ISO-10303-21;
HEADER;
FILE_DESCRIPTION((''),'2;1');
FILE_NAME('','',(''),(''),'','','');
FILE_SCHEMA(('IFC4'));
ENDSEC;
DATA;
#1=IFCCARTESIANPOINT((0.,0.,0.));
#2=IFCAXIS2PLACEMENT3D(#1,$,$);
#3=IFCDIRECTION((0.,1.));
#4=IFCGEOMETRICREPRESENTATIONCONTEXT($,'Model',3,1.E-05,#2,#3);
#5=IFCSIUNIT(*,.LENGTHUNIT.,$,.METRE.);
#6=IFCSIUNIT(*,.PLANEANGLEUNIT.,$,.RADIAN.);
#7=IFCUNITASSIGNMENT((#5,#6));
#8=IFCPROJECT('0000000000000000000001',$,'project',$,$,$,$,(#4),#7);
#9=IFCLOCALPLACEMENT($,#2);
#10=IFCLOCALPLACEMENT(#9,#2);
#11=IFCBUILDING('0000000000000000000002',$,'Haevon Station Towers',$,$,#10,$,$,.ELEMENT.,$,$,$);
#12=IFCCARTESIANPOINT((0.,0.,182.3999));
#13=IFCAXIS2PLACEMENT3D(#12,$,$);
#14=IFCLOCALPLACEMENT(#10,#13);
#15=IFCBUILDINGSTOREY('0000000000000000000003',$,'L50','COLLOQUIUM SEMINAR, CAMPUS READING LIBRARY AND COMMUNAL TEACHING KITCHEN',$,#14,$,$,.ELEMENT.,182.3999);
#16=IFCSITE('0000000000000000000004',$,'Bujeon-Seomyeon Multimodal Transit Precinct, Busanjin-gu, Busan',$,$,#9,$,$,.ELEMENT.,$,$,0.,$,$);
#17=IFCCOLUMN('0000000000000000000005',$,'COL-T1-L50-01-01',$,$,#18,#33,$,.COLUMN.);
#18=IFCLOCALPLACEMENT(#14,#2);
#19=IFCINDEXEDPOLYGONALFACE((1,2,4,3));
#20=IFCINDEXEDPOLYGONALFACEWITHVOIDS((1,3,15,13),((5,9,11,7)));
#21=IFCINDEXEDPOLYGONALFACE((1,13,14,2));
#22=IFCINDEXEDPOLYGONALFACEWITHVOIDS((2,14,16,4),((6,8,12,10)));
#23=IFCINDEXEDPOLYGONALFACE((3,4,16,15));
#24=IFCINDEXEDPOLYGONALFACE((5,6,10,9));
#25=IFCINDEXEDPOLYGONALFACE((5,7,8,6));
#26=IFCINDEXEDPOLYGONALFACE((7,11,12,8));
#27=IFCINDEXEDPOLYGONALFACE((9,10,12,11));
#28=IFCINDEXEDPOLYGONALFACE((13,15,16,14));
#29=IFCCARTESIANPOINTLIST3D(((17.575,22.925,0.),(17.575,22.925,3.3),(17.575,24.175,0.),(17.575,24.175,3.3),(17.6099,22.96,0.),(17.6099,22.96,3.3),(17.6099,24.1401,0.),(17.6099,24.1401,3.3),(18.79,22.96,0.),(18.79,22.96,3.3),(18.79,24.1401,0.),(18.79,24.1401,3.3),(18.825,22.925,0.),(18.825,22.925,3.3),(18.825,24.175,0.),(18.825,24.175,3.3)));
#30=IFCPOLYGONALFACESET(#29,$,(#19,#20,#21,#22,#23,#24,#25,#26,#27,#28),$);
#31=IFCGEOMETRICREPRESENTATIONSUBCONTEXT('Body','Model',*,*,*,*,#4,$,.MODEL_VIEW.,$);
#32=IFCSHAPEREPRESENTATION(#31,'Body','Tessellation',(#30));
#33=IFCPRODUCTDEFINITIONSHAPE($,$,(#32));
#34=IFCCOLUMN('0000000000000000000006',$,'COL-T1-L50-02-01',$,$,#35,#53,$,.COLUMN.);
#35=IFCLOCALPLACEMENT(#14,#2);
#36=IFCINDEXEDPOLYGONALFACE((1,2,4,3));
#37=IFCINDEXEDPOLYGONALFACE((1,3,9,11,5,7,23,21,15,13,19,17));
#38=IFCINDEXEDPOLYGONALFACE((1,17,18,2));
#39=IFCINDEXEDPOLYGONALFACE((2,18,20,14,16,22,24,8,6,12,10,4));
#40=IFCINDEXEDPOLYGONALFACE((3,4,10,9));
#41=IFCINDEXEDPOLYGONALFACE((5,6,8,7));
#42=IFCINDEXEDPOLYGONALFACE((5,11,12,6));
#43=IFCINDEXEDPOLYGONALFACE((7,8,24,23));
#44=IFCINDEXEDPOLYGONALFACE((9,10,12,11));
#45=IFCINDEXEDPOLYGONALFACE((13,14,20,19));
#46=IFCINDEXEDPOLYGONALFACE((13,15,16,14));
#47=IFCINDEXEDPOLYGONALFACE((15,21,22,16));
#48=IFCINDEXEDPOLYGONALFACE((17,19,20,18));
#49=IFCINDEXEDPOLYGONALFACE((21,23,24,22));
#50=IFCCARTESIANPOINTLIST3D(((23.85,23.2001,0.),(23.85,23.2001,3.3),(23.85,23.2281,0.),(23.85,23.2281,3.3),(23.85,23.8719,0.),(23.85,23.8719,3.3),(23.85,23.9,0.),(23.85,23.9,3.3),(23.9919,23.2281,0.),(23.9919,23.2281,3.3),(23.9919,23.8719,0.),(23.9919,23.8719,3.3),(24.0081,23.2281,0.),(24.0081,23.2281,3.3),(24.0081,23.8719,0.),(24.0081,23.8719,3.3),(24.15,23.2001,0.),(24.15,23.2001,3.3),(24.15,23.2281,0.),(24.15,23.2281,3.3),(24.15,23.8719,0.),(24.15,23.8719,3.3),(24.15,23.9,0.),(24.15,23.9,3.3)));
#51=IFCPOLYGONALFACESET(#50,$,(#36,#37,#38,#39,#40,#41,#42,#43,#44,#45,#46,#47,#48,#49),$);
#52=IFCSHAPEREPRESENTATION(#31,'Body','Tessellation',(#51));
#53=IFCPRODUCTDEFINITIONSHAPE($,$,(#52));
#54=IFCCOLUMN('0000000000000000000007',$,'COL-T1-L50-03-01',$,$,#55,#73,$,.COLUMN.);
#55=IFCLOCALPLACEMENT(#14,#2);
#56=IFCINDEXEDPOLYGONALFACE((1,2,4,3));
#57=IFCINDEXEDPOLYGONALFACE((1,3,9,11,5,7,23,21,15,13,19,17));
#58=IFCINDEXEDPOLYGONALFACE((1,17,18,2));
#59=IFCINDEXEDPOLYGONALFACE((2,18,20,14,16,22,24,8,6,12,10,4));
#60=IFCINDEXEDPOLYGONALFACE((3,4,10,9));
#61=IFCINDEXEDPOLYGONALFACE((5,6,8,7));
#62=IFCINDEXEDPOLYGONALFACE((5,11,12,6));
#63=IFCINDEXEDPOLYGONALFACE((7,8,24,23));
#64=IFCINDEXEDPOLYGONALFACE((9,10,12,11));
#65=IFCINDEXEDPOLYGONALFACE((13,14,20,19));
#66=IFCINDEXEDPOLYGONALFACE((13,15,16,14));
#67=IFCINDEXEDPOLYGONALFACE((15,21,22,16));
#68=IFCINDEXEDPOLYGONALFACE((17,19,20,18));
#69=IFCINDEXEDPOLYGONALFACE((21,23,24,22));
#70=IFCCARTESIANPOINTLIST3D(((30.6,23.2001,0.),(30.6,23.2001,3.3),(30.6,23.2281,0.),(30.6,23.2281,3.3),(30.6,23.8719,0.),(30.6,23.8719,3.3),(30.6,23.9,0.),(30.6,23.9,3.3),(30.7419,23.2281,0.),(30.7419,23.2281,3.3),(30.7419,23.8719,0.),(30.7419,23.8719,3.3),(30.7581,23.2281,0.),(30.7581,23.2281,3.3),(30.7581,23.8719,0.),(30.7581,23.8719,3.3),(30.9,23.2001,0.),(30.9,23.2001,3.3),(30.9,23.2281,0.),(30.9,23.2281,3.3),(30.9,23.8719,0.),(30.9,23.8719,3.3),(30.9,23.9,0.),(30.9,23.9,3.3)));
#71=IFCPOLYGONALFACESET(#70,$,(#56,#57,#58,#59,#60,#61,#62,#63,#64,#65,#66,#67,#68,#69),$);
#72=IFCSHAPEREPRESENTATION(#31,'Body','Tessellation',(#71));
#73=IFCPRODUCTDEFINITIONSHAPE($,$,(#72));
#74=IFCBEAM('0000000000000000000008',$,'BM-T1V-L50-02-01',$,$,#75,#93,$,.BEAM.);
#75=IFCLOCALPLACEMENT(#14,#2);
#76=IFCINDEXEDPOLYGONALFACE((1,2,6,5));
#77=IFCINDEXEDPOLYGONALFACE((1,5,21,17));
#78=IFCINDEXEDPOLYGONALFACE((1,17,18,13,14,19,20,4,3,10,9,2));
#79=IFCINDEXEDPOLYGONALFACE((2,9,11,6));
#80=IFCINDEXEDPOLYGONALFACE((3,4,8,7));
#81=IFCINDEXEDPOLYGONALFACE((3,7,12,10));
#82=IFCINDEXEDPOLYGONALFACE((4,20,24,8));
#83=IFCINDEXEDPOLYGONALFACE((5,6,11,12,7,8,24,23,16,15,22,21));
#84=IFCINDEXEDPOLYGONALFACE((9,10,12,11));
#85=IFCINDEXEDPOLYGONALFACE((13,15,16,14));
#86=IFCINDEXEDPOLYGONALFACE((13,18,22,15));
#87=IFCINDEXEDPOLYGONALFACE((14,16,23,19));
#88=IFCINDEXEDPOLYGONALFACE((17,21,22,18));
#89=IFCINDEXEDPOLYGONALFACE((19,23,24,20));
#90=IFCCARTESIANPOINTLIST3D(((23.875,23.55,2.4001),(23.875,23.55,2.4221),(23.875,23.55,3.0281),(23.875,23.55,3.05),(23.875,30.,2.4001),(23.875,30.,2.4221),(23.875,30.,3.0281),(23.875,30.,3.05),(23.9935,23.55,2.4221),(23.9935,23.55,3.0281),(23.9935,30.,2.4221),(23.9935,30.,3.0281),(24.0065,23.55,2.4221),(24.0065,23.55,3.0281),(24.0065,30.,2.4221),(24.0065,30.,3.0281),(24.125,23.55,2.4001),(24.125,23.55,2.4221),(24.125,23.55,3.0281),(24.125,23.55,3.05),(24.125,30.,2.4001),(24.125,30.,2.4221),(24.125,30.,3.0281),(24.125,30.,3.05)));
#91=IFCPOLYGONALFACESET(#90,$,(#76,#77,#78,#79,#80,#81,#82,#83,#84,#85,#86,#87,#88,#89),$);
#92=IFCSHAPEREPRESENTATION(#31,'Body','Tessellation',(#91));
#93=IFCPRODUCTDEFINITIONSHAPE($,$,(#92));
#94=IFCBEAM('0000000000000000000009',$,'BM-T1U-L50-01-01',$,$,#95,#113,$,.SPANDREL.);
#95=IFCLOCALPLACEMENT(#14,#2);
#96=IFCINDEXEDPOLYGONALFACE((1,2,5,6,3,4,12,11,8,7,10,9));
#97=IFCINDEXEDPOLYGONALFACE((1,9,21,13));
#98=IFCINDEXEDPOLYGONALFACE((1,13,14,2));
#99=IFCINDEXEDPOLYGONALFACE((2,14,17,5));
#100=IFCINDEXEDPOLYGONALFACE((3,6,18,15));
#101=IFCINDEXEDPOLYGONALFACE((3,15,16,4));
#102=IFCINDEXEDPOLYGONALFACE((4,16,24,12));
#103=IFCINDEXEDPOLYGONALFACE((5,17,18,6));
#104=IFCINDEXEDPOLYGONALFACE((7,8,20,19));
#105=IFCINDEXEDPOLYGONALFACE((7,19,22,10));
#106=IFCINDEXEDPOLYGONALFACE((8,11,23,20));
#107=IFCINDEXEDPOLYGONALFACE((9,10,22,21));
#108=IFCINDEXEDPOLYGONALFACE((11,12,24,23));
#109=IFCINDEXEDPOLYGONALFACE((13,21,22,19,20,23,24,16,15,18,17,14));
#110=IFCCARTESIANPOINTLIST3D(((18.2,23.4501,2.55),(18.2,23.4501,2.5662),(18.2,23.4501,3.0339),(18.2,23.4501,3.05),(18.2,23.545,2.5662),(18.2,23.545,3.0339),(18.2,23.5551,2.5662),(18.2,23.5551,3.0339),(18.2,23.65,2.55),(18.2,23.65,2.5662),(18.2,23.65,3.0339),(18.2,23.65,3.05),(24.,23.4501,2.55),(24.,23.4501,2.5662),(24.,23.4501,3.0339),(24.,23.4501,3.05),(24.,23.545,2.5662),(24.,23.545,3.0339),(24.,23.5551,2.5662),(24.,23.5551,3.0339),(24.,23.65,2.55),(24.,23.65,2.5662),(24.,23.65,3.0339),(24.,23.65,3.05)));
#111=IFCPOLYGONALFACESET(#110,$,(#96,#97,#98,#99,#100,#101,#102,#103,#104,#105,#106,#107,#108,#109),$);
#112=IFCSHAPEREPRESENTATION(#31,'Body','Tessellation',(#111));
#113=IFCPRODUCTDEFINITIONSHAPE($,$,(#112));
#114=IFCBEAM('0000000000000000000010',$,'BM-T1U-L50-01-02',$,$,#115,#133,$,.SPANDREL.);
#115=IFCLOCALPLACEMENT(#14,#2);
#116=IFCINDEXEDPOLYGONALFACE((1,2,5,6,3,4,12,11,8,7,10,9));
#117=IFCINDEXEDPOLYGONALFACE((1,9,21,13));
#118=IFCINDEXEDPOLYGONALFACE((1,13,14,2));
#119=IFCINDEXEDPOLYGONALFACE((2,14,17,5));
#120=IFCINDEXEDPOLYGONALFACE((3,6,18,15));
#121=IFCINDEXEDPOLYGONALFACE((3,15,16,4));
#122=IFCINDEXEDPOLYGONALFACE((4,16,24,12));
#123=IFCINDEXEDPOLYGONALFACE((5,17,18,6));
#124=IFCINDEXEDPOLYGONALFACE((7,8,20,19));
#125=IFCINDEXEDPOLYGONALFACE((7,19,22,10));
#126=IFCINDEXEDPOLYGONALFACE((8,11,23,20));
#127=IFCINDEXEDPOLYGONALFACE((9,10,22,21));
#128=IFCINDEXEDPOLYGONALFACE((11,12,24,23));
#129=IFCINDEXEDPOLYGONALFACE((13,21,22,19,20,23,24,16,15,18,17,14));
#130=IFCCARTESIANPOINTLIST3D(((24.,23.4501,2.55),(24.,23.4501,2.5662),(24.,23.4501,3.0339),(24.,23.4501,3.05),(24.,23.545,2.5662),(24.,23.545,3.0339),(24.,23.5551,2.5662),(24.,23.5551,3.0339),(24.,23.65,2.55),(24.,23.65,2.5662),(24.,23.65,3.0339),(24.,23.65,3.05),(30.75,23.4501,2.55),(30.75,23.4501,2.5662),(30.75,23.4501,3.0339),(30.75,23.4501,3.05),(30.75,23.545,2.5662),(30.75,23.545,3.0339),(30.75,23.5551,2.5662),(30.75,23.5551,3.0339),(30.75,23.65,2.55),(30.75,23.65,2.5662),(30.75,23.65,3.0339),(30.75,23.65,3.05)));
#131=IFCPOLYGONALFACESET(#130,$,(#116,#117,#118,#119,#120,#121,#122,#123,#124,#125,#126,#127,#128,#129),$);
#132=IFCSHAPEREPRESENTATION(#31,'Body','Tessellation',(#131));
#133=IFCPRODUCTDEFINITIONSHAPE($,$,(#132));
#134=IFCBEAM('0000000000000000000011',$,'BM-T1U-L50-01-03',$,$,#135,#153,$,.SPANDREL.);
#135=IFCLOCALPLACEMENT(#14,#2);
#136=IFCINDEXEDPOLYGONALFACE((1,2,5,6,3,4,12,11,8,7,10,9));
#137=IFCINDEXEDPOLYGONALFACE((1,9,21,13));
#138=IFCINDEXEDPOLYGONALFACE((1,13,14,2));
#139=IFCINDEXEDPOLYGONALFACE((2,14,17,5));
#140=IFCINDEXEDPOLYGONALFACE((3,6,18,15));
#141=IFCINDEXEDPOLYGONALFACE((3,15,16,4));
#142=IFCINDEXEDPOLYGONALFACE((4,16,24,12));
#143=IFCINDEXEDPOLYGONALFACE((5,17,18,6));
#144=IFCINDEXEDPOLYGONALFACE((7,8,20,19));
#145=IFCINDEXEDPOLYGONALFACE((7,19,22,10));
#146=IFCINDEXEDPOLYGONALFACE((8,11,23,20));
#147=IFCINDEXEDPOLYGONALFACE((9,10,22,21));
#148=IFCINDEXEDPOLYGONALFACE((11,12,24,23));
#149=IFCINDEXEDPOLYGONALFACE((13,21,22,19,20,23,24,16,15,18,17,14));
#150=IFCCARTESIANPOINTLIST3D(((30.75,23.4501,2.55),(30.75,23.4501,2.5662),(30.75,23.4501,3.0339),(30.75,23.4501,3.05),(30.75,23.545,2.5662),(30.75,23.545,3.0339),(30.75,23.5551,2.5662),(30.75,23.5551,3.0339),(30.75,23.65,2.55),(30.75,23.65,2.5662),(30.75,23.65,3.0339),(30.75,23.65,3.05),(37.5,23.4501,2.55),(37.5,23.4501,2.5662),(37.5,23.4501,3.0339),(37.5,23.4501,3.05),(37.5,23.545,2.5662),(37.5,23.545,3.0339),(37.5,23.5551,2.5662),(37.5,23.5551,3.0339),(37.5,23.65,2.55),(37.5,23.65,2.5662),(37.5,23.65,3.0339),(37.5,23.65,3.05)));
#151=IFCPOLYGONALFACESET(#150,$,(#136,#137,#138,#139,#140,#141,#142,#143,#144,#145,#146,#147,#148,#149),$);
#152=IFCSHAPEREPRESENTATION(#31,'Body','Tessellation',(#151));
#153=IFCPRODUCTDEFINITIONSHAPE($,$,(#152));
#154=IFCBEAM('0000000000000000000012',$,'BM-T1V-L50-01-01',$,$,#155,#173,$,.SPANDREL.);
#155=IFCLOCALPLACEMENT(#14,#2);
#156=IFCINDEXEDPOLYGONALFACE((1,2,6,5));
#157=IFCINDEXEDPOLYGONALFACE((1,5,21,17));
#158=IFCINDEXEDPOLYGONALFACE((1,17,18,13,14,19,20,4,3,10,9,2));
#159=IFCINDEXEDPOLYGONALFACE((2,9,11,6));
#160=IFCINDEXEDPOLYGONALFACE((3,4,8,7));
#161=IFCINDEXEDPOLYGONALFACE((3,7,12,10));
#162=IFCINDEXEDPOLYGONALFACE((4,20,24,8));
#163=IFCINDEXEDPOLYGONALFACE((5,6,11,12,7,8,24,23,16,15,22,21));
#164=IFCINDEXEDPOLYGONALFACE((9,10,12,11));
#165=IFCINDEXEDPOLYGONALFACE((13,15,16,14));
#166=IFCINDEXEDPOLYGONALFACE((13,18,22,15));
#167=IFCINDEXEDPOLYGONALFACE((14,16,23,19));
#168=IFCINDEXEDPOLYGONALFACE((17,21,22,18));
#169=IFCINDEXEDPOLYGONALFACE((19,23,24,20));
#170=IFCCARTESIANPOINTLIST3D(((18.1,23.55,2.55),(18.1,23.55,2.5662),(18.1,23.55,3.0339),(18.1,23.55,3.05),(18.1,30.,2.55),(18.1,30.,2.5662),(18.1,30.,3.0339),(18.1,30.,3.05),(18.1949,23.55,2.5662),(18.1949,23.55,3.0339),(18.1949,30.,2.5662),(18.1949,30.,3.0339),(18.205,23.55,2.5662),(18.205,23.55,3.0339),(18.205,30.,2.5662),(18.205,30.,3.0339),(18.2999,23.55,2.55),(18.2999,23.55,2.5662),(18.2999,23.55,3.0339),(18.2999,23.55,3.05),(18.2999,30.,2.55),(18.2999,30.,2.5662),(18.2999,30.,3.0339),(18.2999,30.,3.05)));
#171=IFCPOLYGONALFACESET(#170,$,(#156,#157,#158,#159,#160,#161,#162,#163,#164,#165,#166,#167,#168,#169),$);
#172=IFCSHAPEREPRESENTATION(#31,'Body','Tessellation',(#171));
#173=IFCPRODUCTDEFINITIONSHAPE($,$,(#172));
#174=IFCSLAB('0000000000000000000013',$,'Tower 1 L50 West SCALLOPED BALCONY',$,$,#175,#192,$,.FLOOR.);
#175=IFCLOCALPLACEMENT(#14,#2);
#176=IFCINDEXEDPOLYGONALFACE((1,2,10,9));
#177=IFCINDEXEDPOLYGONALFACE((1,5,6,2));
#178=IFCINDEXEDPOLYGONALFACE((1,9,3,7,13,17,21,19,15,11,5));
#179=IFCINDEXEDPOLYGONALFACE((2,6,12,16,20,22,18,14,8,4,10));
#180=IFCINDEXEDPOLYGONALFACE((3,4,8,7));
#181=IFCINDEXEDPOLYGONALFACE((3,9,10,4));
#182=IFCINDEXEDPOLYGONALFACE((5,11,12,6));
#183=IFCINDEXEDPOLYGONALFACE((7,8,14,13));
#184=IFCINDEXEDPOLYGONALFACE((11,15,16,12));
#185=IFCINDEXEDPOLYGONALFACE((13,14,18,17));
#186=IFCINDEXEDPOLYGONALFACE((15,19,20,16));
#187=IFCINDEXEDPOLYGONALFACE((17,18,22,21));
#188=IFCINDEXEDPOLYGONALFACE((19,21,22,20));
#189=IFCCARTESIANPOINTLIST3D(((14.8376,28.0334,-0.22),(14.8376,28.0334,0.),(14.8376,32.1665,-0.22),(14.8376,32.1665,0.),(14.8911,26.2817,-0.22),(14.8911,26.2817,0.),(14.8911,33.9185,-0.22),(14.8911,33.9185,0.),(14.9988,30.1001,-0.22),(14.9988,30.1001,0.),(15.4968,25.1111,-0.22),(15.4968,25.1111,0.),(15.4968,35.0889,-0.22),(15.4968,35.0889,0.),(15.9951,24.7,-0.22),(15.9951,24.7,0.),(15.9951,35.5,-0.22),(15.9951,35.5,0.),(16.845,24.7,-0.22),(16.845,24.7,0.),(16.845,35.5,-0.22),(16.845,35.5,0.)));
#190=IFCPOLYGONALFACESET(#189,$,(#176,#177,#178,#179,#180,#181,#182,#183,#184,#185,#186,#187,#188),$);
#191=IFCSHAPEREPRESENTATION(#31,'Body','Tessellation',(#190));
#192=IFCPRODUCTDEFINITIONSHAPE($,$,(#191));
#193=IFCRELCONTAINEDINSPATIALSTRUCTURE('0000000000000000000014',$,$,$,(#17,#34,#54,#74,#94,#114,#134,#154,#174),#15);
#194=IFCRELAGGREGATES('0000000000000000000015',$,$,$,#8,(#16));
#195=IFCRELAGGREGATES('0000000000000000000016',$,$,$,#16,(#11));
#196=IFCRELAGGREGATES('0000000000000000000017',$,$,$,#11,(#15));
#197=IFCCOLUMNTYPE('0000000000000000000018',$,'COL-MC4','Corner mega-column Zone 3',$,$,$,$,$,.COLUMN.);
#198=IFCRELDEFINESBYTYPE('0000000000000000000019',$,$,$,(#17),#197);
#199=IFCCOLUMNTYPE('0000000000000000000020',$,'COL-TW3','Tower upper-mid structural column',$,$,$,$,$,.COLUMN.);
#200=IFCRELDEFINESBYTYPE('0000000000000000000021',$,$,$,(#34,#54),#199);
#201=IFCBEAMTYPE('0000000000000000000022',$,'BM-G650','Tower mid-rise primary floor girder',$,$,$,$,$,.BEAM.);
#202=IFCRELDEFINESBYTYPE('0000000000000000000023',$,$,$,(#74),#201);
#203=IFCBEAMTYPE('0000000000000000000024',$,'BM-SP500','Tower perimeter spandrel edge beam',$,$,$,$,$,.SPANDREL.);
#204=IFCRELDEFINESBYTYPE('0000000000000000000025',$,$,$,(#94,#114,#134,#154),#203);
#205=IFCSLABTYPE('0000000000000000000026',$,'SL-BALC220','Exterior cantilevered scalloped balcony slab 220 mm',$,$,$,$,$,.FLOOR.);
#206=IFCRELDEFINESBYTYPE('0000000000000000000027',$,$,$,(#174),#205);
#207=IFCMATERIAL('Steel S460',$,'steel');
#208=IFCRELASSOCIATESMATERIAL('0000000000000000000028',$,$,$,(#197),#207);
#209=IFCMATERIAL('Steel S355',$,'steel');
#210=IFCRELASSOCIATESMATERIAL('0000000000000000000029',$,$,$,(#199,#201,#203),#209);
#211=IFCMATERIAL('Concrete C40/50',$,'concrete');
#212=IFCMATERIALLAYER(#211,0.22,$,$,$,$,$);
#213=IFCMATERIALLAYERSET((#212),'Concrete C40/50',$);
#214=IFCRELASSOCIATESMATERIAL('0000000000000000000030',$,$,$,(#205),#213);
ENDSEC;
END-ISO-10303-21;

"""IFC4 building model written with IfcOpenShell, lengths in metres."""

from ifc_helpers import new_model, si_unit, direction, frame, origin, origin_2d, place, context, subcontext, project, spatial, polyline, hollow_rectangle, i_section, outline, extrude, material, layer, layer_set, material_profile, profile_set, type_object, element, save


model = new_model("IFC4")

# Units and contexts
model_context = context("Model", 3, precision=1e-05, world=origin(), true_north=direction((0.0, 1.0)))
body_context = subcontext(model_context, "Body", "Model", "MODEL_VIEW")
ifc_project = project(units=[si_unit("LENGTHUNIT", "METRE"), si_unit("PLANEANGLEUNIT", "RADIAN")], contexts=[model_context])

# Site, building, storey
site_placement = place(None, origin())
site = spatial("IfcSite", under=ifc_project, at=site_placement, Name="Bujeon-Seomyeon Multimodal Transit Precinct, Busanjin-gu, Busan", CompositionType="ELEMENT", RefElevation=0.0)
building_placement = place(site_placement, origin())
building = spatial("IfcBuilding", under=site, at=building_placement, Name="Haevon Station Towers", CompositionType="ELEMENT")
storey_placement = place(building_placement, frame((0.0, 0.0, 182.3999)))
storey = spatial("IfcBuildingStorey", under=building, at=storey_placement, Name="L50", Description="COLLOQUIUM SEMINAR, CAMPUS READING LIBRARY AND COMMUNAL TEACHING KITCHEN", CompositionType="ELEMENT", Elevation=182.3999)

# Columns
ifc_material_1 = material(Name="Steel S460", Category="steel")
ifc_material_profile_1 = material_profile(ifc_material_1, hollow_rectangle(XDim=1.25, YDim=1.25, WallThickness=0.0349, at=origin_2d()), Name="BOX-1250x1250x35")
ifc_profile_set_1 = profile_set([ifc_material_profile_1], Name="Steel S460")
column_type_1 = type_object("IfcColumnType", Name="COL-MC4", Description="Corner mega-column Zone 3", PredefinedType="COLUMN", material=ifc_profile_set_1)
column_placement = place(storey_placement, frame((18.2, 23.55, 0.0), z_axis=(0.0, 0.0, 1.0), x_axis=(1.0, 0.0, 0.0)))
element("IfcColumn", 1, at=column_placement, inside=storey, type_object=column_type_1, Name="COL-T1-L50-01-01", PredefinedType="COLUMN", context=body_context, shape_type="SweptSolid", body=[
    extrude(hollow_rectangle(XDim=1.25, YDim=1.25, WallThickness=0.0349, at=origin_2d()), origin(), (0.0, 0.0, 1.0), 3.3),
])
ifc_material_2 = material(Name="Steel S355", Category="steel")
ifc_material_profile_2 = material_profile(ifc_material_2, i_section(OverallWidth=0.3, OverallDepth=0.7, WebThickness=0.0161, FlangeThickness=0.0281, at=origin_2d()), Name="H-700x300x16x28")
ifc_profile_set_2 = profile_set([ifc_material_profile_2], Name="Steel S355")
column_type_2 = type_object("IfcColumnType", Name="COL-TW3", Description="Tower upper-mid structural column", PredefinedType="COLUMN", material=ifc_profile_set_2)
for number, where, z_axis, x_axis, name in (
    (2, (24.0, 23.55, 0.0), (0.0, 0.0, 1.0), (1.0, 0.0, 0.0), "COL-T1-L50-02-01"),
    (3, (30.75, 23.55, 0.0), (0.0, 0.0, 1.0), (1.0, 0.0, 0.0), "COL-T1-L50-03-01"),
):
    element("IfcColumn", number, at=place(storey_placement, frame(where, z_axis=z_axis, x_axis=x_axis)), inside=storey, type_object=column_type_2, Name=name, PredefinedType="COLUMN", context=body_context, shape_type="SweptSolid", body=[
        extrude(i_section(OverallWidth=0.3, OverallDepth=0.7, WebThickness=0.0161, FlangeThickness=0.0281, at=origin_2d()), origin(), (0.0, 0.0, 1.0), 3.3),
    ])

# Beams
ifc_material_profile_3 = material_profile(ifc_material_2, i_section(OverallWidth=0.25, OverallDepth=0.6499, WebThickness=0.0129, FlangeThickness=0.022, at=origin_2d()), Name="H-650x250x13x22")
ifc_profile_set_3 = profile_set([ifc_material_profile_3], Name="Steel S355")
beam_type_1 = type_object("IfcBeamType", Name="BM-G650", Description="Tower mid-rise primary floor girder", PredefinedType="BEAM", material=ifc_profile_set_3)
beam_1_placement = place(storey_placement, frame((24.0, 23.55, 2.7251), z_axis=(0.0, 1.0, 0.0), x_axis=(-1.0, 0.0, 0.0)))
element("IfcBeam", 4, at=beam_1_placement, inside=storey, type_object=beam_type_1, Name="BM-T1V-L50-02-01", PredefinedType="BEAM", context=body_context, shape_type="SweptSolid", body=[
    extrude(i_section(OverallWidth=0.25, OverallDepth=0.6499, WebThickness=0.0129, FlangeThickness=0.022, at=origin_2d()), origin(), (0.0, 0.0, 1.0), 6.45),
])
ifc_material_profile_4 = material_profile(ifc_material_2, i_section(OverallWidth=0.2, OverallDepth=0.5, WebThickness=0.01, FlangeThickness=0.0161, at=origin_2d()), Name="H-500x200x10x16")
ifc_profile_set_4 = profile_set([ifc_material_profile_4], Name="Steel S355")
beam_type_2 = type_object("IfcBeamType", Name="BM-SP500", Description="Tower perimeter spandrel edge beam", PredefinedType="SPANDREL", material=ifc_profile_set_4)
beam_2_placement = place(storey_placement, frame((18.2, 23.55, 2.8), z_axis=(1.0, 0.0, 0.0), x_axis=(0.0, 1.0, 0.0)))
element("IfcBeam", 5, at=beam_2_placement, inside=storey, type_object=beam_type_2, Name="BM-T1U-L50-01-01", PredefinedType="SPANDREL", context=body_context, shape_type="SweptSolid", body=[
    extrude(i_section(OverallWidth=0.2, OverallDepth=0.5, WebThickness=0.01, FlangeThickness=0.0161, at=origin_2d()), origin(), (0.0, 0.0, 1.0), 5.8),
])
for number, where, z_axis, x_axis, name in (
    (6, (24.0, 23.55, 2.8), (1.0, 0.0, 0.0), (0.0, 1.0, 0.0), "BM-T1U-L50-01-02"),
    (7, (30.75, 23.55, 2.8), (1.0, 0.0, 0.0), (0.0, 1.0, 0.0), "BM-T1U-L50-01-03"),
):
    element("IfcBeam", number, at=place(storey_placement, frame(where, z_axis=z_axis, x_axis=x_axis)), inside=storey, type_object=beam_type_2, Name=name, PredefinedType="SPANDREL", context=body_context, shape_type="SweptSolid", body=[
        extrude(i_section(OverallWidth=0.2, OverallDepth=0.5, WebThickness=0.01, FlangeThickness=0.0161, at=origin_2d()), origin(), (0.0, 0.0, 1.0), 6.75),
    ])
beam_3_placement = place(storey_placement, frame((18.2, 23.55, 2.8), z_axis=(0.0, 1.0, 0.0), x_axis=(-1.0, 0.0, 0.0)))
element("IfcBeam", 8, at=beam_3_placement, inside=storey, type_object=beam_type_2, Name="BM-T1V-L50-01-01", PredefinedType="SPANDREL", context=body_context, shape_type="SweptSolid", body=[
    extrude(i_section(OverallWidth=0.2, OverallDepth=0.5, WebThickness=0.01, FlangeThickness=0.0161, at=origin_2d()), origin(), (0.0, 0.0, 1.0), 6.45),
])

# Slab
ifc_material_3 = material(Name="Concrete C40/50", Category="concrete")
ifc_layer_1 = layer(ifc_material_3, 0.22)
ifc_layer_set_1 = layer_set([ifc_layer_1], Name="Concrete C40/50")
slab_type_1 = type_object("IfcSlabType", Name="SL-BALC220", Description="Exterior cantilevered scalloped balcony slab 220 mm", PredefinedType="FLOOR", material=ifc_layer_set_1)
slab_1_placement = place(storey_placement, frame((0.0, 0.0, -0.22)))
element("IfcSlab", 9, at=slab_1_placement, inside=storey, type_object=slab_type_1, Name="Tower 1 L50 West SCALLOPED BALCONY", PredefinedType="FLOOR", context=body_context, shape_type="SweptSolid", body=[
    extrude(outline(polyline([(16.845, 35.5), (15.9951, 35.5), (15.4968, 35.0889), (14.8911, 33.9185), (14.8376, 32.1665), (14.9988, 30.1001), (14.8376, 28.0334), (14.8911, 26.2817), (15.4968, 25.1111), (15.9951, 24.7), (16.845, 24.7), (16.845, 35.5)])), origin(), (0.0, 0.0, 1.0), 0.22),
])

save(model, "model.ifc")
